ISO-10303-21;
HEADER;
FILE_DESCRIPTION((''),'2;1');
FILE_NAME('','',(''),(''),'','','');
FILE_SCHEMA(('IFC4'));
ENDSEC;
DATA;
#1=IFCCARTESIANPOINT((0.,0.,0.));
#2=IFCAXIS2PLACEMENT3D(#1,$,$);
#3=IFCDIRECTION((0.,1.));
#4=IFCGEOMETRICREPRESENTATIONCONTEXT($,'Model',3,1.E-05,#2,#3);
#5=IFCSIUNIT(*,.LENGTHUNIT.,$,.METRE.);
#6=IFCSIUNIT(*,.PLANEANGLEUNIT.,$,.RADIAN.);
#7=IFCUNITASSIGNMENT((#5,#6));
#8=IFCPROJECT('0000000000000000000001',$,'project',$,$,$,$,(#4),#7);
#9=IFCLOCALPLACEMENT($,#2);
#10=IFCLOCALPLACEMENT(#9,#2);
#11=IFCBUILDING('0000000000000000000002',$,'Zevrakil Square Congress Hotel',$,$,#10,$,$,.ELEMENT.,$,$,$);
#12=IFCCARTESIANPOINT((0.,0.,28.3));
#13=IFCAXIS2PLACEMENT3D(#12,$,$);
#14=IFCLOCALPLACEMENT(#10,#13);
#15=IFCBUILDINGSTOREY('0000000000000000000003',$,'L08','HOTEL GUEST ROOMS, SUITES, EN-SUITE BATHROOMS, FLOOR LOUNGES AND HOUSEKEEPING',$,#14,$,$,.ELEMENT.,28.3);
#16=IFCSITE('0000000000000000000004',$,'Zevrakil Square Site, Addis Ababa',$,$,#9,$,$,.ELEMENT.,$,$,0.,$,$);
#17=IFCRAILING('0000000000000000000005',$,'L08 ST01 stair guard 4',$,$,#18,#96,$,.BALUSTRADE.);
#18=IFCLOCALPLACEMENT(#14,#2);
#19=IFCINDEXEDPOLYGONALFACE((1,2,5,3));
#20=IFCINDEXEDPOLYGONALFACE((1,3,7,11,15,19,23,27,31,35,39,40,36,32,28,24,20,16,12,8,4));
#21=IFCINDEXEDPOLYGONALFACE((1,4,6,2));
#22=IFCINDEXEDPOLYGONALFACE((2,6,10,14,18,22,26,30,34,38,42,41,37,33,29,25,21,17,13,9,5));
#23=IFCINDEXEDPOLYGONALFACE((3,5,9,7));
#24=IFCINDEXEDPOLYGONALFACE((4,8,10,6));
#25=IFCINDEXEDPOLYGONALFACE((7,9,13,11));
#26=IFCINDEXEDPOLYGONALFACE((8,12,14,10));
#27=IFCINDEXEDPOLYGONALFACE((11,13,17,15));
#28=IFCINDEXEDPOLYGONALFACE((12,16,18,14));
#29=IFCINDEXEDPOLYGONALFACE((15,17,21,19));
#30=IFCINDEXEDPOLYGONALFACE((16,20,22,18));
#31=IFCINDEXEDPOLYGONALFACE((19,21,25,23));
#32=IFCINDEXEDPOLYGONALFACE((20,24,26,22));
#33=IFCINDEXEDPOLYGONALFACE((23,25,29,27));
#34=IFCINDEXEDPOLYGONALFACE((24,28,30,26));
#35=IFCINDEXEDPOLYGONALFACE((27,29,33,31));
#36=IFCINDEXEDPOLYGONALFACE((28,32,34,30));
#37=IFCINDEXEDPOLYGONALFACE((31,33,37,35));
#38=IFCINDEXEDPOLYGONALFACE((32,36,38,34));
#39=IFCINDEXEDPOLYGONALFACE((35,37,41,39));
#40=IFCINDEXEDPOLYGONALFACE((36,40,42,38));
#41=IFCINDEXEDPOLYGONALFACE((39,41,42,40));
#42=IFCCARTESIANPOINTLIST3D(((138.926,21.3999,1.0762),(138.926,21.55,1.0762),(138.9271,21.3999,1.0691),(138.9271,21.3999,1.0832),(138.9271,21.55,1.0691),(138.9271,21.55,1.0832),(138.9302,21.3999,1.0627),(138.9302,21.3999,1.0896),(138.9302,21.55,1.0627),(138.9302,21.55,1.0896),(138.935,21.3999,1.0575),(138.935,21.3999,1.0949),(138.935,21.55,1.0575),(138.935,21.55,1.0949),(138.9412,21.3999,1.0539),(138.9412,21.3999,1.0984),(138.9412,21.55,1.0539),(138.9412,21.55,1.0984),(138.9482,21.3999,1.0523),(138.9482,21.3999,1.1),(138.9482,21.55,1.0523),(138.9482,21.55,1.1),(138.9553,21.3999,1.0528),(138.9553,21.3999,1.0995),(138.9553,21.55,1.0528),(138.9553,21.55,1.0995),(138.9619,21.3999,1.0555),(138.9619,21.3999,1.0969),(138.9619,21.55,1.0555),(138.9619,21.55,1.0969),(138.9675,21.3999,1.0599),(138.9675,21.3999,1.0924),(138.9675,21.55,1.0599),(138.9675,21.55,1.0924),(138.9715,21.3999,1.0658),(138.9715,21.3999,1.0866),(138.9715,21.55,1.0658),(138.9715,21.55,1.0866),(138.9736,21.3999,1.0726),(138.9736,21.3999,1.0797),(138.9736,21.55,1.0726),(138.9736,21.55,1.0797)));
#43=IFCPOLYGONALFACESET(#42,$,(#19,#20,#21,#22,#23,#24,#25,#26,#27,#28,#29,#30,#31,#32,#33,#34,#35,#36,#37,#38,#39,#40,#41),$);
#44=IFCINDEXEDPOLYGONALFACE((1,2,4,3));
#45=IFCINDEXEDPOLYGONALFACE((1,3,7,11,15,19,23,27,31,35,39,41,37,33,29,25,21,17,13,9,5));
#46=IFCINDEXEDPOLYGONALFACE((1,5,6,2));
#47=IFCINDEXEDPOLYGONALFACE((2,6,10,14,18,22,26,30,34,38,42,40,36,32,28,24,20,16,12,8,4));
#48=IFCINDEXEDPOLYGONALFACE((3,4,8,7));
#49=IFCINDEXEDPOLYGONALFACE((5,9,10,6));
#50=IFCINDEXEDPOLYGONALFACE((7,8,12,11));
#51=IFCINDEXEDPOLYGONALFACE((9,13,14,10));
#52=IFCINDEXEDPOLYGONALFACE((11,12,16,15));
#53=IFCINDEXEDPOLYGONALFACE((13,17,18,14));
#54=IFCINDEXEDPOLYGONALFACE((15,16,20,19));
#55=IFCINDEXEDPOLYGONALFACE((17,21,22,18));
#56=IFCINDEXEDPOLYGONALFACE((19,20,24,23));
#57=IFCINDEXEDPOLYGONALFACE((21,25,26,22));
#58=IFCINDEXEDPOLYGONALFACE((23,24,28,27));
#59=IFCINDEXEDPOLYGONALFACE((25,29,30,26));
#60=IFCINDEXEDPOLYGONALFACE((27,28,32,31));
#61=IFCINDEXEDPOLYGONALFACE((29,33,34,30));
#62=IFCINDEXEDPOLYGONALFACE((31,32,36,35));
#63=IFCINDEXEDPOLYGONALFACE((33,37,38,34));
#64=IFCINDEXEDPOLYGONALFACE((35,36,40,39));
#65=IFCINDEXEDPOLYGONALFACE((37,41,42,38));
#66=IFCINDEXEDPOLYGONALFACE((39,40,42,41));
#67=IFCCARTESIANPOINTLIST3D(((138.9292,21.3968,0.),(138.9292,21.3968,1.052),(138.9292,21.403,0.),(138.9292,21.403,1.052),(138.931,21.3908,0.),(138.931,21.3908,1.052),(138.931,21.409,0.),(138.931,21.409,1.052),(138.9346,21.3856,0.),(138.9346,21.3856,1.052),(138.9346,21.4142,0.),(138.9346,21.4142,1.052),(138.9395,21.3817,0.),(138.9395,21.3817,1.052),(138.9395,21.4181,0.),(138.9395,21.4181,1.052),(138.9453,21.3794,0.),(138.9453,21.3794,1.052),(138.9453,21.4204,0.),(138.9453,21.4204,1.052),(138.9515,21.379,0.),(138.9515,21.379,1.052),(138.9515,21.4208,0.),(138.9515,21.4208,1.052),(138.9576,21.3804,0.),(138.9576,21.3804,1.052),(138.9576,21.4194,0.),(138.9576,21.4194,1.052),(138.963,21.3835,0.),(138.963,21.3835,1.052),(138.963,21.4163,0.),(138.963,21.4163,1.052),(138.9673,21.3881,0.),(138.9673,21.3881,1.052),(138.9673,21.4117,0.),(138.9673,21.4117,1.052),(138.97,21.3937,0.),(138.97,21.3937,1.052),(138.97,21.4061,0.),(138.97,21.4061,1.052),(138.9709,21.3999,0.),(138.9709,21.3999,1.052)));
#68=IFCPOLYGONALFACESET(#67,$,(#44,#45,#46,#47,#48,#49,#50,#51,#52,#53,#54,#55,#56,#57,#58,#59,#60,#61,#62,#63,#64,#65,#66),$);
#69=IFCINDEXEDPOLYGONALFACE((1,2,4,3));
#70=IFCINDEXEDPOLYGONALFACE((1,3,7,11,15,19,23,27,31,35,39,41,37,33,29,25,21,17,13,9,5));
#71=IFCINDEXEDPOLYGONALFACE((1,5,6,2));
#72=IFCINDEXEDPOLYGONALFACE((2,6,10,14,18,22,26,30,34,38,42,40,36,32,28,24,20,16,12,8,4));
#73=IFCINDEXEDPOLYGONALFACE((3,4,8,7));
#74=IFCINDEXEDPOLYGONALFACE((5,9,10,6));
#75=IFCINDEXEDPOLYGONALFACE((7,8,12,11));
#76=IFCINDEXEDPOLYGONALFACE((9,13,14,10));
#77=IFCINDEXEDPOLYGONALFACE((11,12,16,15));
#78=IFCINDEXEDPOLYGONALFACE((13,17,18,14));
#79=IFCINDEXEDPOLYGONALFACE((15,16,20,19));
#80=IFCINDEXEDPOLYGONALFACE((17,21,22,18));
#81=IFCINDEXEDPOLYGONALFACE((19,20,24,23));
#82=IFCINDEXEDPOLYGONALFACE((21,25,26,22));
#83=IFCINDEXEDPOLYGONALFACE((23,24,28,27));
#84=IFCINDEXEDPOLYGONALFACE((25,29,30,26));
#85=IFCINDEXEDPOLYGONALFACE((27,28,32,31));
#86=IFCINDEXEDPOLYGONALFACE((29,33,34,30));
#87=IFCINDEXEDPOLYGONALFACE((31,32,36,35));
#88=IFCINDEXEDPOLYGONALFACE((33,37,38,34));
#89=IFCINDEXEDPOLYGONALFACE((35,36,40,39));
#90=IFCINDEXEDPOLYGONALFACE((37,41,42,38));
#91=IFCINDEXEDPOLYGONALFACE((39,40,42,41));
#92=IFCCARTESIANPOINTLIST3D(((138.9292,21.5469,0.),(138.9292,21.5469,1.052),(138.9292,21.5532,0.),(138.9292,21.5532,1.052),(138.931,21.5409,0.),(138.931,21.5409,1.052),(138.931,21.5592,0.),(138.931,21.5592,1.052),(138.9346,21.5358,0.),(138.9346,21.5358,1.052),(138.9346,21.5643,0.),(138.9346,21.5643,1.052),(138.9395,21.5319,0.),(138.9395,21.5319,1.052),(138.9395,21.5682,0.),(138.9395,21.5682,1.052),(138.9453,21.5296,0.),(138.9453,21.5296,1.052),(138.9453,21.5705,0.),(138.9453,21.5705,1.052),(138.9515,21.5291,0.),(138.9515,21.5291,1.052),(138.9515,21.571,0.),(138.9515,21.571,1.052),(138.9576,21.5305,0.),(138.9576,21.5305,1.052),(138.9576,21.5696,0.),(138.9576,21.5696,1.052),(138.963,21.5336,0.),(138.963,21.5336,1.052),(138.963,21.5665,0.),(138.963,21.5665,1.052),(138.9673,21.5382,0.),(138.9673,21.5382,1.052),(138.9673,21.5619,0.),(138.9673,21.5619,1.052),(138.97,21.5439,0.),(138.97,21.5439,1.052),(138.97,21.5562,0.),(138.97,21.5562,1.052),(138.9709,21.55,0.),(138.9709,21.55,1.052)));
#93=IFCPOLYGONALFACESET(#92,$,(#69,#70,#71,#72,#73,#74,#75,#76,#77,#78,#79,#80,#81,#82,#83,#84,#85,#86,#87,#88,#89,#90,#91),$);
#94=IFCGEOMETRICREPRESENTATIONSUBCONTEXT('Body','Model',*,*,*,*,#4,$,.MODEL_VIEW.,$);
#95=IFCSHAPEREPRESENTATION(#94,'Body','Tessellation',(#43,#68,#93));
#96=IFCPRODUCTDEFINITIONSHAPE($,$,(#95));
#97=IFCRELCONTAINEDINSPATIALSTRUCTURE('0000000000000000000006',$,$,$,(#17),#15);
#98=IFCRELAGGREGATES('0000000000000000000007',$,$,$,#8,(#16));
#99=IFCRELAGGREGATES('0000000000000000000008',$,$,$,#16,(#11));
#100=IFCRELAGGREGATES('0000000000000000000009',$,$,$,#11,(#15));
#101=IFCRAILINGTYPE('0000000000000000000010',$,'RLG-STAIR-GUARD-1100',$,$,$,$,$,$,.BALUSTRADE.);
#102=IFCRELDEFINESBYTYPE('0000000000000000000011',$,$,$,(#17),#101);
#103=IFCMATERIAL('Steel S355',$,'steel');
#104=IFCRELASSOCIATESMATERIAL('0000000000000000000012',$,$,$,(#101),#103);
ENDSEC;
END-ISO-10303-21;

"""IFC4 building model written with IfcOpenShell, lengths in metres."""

from ifc_helpers import new_model, si_unit, direction, frame, origin, origin_2d, place, context, subcontext, project, spatial, circle, extrude, material, type_object, element, save


model = new_model("IFC4")

# Units and contexts
model_context = context("Model", 3, precision=1e-05, world=origin(), true_north=direction((0.0, 1.0)))
body_context = subcontext(model_context, "Body", "Model", "MODEL_VIEW")
ifc_project = project(units=[si_unit("LENGTHUNIT", "METRE"), si_unit("PLANEANGLEUNIT", "RADIAN")], contexts=[model_context])

# Site, building, storey
site_placement = place(None, origin())
site = spatial("IfcSite", under=ifc_project, at=site_placement, Name="Zevrakil Square Site, Addis Ababa", CompositionType="ELEMENT", RefElevation=0.0)
building_placement = place(site_placement, origin())
building = spatial("IfcBuilding", under=site, at=building_placement, Name="Zevrakil Square Congress Hotel", CompositionType="ELEMENT")
storey_placement = place(building_placement, frame((0.0, 0.0, 28.3)))
storey = spatial("IfcBuildingStorey", under=building, at=storey_placement, Name="L08", Description="HOTEL GUEST ROOMS, SUITES, EN-SUITE BATHROOMS, FLOOR LOUNGES AND HOUSEKEEPING", CompositionType="ELEMENT", Elevation=28.3)

# Railing
ifc_material_1 = material(Name="Steel S355", Category="steel")
railing_type_1 = type_object("IfcRailingType", Name="RLG-STAIR-GUARD-1100", PredefinedType="BALUSTRADE", material=ifc_material_1)
railing_1_placement = place(storey_placement, frame((138.95, 21.3999, 0.0)))
element("IfcRailing", 1, at=railing_1_placement, inside=storey, type_object=railing_type_1, Name="L08 ST01 stair guard 4", PredefinedType="BALUSTRADE", context=body_context, shape_type="SweptSolid", body=[
    extrude(circle(Radius=0.0239, at=origin_2d()), frame((0.0, 0.0, 1.0762), z_axis=(0.0, 1.0, 0.0), x_axis=(-1.0, 0.0, 0.0)), (0.0, 0.0, 1.0), 0.1501),
    extrude(circle(Radius=0.021, at=origin_2d()), origin(), (0.0, 0.0, 1.0), 1.052),
    extrude(circle(Radius=0.021, at=origin_2d()), frame((0.0, 0.1501, 0.0)), (0.0, 0.0, 1.0), 1.052),
])

save(model, "model.ifc")
